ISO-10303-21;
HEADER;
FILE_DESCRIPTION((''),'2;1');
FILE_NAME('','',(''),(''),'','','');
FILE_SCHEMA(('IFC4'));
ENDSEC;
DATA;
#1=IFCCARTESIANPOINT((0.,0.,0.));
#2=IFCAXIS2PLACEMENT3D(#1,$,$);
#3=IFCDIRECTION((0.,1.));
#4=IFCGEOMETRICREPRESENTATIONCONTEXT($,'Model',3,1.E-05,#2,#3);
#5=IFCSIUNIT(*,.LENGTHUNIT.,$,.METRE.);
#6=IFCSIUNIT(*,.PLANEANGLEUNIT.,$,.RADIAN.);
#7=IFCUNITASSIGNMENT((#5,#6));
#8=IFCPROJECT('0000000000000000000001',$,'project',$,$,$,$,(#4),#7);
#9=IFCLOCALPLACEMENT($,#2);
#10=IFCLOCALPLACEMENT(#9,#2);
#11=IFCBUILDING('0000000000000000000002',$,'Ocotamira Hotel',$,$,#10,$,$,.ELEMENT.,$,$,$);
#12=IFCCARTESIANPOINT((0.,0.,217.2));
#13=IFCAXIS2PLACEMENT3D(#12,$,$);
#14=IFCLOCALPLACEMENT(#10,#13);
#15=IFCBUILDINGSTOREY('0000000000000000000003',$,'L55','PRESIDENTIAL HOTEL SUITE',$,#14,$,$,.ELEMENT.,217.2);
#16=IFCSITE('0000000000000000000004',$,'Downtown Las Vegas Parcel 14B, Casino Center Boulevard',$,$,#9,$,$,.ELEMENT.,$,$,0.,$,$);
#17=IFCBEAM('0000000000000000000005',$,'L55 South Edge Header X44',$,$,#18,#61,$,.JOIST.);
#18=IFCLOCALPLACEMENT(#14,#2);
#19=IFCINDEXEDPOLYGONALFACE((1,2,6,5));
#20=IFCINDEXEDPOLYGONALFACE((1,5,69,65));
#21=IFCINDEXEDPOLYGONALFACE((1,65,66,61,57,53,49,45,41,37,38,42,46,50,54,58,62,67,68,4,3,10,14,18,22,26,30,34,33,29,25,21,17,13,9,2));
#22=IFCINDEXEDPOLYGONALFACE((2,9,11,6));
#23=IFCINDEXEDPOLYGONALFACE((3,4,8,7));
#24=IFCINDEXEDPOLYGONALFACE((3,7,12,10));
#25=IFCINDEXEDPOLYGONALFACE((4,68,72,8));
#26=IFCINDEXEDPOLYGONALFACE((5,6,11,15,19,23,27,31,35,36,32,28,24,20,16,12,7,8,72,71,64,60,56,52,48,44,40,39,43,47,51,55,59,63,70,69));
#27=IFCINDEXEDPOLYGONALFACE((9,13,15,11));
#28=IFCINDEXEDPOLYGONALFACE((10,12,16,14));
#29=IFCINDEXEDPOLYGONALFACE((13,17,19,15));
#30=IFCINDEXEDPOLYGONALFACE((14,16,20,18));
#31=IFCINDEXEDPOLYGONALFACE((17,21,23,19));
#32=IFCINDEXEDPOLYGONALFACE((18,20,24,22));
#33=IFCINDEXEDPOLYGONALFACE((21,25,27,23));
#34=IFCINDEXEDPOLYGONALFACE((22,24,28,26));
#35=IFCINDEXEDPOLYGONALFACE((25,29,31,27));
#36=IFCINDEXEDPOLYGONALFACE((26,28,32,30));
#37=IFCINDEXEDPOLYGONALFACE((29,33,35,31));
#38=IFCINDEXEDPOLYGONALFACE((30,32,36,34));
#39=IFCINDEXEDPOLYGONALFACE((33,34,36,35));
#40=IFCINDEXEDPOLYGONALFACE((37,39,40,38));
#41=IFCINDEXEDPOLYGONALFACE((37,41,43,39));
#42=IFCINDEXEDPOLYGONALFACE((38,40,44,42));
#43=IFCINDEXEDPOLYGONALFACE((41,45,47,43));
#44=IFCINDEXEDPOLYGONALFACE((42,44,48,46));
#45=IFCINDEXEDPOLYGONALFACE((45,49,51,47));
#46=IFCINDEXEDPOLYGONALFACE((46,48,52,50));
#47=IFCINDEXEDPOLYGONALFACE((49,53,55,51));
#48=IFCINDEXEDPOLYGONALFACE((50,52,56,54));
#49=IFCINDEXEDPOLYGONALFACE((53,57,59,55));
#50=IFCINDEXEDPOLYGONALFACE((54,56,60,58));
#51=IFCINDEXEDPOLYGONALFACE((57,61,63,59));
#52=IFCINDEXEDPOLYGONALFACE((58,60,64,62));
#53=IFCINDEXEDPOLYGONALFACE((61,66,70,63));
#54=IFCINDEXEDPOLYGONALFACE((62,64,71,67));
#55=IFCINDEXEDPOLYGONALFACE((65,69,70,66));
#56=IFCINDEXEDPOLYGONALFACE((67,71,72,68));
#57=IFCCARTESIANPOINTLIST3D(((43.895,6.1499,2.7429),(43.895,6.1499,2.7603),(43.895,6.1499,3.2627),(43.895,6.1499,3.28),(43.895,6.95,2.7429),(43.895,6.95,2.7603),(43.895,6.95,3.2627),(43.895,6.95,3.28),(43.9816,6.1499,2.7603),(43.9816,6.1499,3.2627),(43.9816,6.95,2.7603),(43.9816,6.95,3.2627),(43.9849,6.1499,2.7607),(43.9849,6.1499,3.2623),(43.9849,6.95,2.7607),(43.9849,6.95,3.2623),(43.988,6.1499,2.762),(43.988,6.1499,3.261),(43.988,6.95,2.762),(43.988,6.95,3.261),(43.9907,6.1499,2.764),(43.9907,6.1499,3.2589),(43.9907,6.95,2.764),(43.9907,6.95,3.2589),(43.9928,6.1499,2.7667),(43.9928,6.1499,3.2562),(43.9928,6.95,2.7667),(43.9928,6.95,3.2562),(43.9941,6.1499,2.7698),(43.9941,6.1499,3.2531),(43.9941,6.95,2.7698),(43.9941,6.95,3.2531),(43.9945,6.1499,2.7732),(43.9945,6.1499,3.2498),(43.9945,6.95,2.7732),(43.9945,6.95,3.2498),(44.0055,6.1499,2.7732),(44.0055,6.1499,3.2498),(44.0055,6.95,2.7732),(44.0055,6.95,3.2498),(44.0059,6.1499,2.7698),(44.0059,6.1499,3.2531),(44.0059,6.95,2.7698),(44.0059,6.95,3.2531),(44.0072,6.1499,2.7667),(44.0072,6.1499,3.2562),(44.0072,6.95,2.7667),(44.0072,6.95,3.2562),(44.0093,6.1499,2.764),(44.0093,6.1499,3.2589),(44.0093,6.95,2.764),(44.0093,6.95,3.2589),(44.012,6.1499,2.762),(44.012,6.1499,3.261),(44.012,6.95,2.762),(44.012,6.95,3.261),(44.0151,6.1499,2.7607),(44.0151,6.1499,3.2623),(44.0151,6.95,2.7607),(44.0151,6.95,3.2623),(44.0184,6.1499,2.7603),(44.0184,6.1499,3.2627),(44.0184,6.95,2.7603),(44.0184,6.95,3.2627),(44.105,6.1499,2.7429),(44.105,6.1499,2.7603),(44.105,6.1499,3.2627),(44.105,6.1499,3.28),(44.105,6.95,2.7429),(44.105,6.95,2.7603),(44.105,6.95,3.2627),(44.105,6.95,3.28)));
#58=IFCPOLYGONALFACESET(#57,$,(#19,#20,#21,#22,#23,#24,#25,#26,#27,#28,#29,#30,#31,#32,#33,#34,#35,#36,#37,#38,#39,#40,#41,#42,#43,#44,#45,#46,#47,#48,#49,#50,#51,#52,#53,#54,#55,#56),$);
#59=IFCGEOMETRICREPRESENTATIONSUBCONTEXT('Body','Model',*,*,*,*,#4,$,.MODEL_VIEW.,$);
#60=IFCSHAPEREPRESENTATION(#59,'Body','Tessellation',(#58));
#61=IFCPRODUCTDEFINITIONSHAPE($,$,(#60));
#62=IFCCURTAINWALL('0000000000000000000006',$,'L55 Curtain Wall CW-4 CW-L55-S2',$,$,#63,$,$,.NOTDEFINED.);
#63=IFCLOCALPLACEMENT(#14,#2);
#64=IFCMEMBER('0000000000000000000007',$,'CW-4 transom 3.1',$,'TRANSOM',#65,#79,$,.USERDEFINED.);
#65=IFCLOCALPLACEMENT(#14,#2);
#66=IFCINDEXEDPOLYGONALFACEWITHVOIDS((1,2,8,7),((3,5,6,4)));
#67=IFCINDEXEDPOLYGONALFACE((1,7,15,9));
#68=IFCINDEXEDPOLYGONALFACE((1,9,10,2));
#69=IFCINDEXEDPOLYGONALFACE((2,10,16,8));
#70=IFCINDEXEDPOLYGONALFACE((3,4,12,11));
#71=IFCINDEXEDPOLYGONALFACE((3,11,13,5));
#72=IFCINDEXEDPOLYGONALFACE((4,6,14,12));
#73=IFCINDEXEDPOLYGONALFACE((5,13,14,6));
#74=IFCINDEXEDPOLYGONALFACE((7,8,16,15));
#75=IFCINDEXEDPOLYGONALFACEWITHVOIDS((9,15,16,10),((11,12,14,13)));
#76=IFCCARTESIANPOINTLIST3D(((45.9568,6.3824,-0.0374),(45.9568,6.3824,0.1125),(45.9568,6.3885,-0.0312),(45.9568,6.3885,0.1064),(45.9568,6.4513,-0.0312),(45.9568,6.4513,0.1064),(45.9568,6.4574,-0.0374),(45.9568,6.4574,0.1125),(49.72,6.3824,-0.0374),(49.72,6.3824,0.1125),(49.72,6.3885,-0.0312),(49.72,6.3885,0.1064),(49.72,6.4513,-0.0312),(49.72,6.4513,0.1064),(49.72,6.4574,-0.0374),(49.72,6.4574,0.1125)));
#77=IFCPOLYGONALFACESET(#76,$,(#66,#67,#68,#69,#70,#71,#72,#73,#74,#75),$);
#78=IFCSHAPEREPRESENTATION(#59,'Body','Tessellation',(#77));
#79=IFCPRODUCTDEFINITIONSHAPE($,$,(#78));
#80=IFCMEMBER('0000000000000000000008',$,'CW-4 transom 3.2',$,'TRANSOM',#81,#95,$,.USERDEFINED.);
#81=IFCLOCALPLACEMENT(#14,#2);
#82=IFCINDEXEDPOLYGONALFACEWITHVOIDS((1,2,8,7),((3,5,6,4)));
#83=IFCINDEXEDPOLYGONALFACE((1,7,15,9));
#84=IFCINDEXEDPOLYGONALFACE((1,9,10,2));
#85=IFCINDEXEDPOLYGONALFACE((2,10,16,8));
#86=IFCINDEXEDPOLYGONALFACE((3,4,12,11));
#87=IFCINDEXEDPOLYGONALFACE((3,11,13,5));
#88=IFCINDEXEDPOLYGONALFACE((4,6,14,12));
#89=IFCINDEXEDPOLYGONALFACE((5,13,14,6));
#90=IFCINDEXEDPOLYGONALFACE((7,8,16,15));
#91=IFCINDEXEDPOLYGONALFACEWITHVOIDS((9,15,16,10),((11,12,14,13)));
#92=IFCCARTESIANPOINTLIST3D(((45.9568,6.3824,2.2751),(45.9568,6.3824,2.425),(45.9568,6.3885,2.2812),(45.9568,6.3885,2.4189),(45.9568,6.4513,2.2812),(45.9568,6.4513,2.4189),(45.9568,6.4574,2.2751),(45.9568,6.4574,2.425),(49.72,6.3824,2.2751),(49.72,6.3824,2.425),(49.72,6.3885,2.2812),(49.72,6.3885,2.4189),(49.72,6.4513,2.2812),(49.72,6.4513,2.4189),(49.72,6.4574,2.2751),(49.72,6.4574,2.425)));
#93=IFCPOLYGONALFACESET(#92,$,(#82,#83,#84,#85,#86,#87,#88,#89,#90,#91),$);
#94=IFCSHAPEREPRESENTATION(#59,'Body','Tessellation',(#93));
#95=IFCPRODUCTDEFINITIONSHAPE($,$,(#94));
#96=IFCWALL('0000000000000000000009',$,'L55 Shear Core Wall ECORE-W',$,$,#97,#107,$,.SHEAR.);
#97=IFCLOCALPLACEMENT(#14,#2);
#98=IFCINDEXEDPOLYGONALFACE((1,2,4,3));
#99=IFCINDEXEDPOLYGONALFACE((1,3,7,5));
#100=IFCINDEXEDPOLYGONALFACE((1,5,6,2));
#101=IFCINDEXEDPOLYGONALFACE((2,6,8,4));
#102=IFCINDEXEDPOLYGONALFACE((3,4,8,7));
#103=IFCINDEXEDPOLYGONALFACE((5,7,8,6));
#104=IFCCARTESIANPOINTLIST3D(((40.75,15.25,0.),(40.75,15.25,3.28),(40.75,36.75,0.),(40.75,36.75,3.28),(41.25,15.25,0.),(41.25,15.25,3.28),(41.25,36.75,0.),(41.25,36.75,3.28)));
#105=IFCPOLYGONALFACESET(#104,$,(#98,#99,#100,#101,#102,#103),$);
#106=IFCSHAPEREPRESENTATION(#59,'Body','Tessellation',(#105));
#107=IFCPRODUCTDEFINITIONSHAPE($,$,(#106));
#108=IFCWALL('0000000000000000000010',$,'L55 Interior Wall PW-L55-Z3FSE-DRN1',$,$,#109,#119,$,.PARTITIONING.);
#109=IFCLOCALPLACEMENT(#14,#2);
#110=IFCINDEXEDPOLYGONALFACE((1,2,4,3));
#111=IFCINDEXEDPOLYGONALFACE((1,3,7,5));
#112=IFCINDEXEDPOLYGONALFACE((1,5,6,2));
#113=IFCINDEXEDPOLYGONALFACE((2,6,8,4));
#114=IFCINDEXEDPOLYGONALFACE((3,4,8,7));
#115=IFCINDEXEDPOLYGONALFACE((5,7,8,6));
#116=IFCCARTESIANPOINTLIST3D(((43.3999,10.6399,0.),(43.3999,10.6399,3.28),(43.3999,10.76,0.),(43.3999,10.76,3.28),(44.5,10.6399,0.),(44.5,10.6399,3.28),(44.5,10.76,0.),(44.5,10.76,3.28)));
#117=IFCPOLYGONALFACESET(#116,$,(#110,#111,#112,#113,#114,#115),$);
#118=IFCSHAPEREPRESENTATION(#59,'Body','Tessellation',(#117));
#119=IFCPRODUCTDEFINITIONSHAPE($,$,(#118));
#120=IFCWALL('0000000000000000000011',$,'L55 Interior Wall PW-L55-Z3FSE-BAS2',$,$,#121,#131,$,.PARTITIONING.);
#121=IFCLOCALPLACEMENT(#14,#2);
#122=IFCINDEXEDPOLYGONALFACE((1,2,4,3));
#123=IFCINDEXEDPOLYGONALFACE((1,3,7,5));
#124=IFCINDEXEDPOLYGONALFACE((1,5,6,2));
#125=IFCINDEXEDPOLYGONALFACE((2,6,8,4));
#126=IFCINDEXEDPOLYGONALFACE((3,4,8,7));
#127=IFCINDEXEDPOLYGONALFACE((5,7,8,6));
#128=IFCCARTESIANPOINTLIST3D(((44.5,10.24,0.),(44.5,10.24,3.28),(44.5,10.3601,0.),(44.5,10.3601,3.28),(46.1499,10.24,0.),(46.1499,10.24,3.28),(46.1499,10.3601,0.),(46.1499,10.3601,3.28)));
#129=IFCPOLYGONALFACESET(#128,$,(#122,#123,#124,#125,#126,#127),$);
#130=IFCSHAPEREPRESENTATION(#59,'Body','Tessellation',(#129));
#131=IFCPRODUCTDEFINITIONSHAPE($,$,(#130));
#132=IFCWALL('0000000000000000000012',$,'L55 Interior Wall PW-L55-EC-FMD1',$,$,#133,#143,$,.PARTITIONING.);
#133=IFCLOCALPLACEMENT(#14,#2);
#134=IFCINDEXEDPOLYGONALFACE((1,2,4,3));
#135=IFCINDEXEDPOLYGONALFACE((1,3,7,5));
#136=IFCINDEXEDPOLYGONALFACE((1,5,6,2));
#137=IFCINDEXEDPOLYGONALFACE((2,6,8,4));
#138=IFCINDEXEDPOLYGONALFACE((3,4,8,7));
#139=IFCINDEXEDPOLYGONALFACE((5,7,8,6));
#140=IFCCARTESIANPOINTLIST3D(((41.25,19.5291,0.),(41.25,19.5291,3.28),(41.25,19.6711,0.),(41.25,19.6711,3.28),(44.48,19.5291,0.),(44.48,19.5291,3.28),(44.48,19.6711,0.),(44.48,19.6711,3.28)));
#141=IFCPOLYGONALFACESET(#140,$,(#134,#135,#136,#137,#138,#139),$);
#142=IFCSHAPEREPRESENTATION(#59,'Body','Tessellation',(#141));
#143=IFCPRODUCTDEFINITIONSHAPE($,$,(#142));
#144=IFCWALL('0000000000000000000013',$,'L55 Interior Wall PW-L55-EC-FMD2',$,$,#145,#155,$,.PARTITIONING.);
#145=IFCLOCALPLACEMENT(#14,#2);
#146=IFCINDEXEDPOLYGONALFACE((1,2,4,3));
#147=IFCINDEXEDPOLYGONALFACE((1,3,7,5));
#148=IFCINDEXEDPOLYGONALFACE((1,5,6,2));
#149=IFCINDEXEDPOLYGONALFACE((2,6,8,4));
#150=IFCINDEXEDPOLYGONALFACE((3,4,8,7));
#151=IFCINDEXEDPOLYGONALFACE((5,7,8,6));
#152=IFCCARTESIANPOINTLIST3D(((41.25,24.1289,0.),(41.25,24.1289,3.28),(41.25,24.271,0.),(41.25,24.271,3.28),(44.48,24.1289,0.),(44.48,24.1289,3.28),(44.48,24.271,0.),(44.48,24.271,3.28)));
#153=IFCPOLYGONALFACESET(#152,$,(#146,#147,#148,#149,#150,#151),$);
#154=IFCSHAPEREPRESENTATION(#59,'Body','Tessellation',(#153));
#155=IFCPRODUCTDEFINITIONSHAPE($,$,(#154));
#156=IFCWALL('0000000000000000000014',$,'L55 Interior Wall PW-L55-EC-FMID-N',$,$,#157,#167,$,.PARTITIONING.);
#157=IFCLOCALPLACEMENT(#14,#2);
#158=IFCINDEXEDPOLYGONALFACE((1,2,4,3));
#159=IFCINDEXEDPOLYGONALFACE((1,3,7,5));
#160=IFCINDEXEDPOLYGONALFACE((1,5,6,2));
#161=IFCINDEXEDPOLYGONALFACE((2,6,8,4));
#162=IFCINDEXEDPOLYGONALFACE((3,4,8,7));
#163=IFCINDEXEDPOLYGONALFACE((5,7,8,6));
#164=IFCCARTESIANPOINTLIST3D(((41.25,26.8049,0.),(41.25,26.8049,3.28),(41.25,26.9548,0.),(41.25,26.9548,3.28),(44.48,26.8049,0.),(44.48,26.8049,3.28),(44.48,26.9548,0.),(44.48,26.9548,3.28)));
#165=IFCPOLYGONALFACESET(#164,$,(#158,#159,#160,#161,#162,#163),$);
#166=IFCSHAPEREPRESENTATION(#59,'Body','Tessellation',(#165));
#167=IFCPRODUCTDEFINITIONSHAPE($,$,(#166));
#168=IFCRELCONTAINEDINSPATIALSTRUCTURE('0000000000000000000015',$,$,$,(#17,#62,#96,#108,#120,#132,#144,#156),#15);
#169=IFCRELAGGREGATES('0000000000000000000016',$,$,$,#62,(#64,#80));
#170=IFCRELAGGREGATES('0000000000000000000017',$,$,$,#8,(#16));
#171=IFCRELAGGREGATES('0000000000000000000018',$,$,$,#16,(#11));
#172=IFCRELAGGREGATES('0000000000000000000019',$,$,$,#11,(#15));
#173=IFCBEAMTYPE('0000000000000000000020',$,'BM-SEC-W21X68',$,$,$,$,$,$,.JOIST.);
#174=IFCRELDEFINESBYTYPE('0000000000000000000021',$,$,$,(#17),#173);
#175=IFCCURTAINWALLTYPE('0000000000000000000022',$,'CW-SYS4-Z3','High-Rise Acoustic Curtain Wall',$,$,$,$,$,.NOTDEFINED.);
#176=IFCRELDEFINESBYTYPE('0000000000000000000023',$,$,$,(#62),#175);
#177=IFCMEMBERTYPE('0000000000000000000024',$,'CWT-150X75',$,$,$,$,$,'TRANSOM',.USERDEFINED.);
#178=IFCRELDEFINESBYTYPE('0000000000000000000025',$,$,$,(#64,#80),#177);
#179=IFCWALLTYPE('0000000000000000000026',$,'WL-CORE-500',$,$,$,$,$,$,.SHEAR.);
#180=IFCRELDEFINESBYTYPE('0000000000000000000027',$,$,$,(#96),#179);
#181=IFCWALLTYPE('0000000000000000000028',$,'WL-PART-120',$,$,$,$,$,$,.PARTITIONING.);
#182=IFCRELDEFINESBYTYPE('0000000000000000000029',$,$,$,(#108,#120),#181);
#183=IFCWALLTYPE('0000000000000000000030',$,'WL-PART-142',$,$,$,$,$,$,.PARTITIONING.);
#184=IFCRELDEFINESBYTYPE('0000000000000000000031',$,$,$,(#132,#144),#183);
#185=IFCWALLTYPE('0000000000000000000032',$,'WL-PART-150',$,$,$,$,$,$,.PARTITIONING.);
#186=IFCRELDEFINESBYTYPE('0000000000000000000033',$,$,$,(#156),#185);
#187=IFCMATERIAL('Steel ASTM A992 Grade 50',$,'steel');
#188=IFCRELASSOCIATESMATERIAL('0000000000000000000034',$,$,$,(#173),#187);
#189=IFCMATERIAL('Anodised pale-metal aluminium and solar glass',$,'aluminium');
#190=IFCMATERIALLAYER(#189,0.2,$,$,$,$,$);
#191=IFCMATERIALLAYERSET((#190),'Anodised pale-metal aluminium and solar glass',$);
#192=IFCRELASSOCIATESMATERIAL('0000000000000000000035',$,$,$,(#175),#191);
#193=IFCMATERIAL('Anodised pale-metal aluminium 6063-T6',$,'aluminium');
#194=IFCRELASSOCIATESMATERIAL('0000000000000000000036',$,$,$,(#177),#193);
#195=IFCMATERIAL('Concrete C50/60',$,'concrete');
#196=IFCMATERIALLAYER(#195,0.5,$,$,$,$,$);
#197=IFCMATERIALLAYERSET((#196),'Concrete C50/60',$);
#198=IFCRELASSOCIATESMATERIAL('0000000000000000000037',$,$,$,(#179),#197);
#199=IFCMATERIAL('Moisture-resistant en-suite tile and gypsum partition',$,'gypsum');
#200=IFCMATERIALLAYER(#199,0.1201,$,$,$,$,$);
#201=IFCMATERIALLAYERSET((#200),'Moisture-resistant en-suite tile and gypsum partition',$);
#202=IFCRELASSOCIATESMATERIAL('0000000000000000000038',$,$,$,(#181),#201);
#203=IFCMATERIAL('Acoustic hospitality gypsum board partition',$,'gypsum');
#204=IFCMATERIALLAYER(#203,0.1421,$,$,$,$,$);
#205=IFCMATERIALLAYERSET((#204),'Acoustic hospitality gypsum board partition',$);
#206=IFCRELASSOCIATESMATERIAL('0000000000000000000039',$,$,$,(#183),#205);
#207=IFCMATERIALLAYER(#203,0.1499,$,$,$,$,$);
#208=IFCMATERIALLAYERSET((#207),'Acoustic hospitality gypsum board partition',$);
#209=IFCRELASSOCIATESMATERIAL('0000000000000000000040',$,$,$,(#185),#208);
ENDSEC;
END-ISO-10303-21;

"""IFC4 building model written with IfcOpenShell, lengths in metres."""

from ifc_helpers import new_model, si_unit, direction, frame, frame_2d, origin, origin_2d, place, context, subcontext, project, spatial, rectangle, hollow_rectangle, i_section, extrude, source, transform, mapped, material, layer, layer_set, material_profile, profile_set, type_object, element, aggregate, save


model = new_model("IFC4")

# Units and contexts
model_context = context("Model", 3, precision=1e-05, world=origin(), true_north=direction((0.0, 1.0)))
body_context = subcontext(model_context, "Body", "Model", "MODEL_VIEW")
ifc_project = project(units=[si_unit("LENGTHUNIT", "METRE"), si_unit("PLANEANGLEUNIT", "RADIAN")], contexts=[model_context])

# Site, building, storey
site_placement = place(None, origin())
site = spatial("IfcSite", under=ifc_project, at=site_placement, Name="Downtown Las Vegas Parcel 14B, Casino Center Boulevard", CompositionType="ELEMENT", RefElevation=0.0)
building_placement = place(site_placement, origin())
building = spatial("IfcBuilding", under=site, at=building_placement, Name="Ocotamira Hotel", CompositionType="ELEMENT")
storey_placement = place(building_placement, frame((0.0, 0.0, 217.2)))
storey = spatial("IfcBuildingStorey", under=building, at=storey_placement, Name="L55", Description="PRESIDENTIAL HOTEL SUITE", CompositionType="ELEMENT", Elevation=217.2)

# Beam
ifc_material_1 = material(Name="Steel ASTM A992 Grade 50", Category="steel")
ifc_material_profile_1 = material_profile(ifc_material_1, i_section(OverallWidth=0.21, OverallDepth=0.5371, WebThickness=0.011, FlangeThickness=0.0173, FilletRadius=0.0129, at=origin_2d()), Name="W21X68")
ifc_profile_set_1 = profile_set([ifc_material_profile_1], Name="Steel ASTM A992 Grade 50")
beam_type_1 = type_object("IfcBeamType", Name="BM-SEC-W21X68", PredefinedType="JOIST", material=ifc_profile_set_1)
shared_shape_1 = source(origin(), body_context, "Body", "SweptSolid", [
    extrude(i_section(OverallWidth=0.21, OverallDepth=0.5371, WebThickness=0.011, FlangeThickness=0.0173, FilletRadius=0.0129, at=origin_2d()), origin(), (0.0, 0.0, 1.0), 0.8),
])
beam_1_placement = place(storey_placement, frame((44.0, 6.95, 3.0115), z_axis=(0.0, -1.0, 0.0), x_axis=(1.0, 0.0, 0.0)))
element("IfcBeam", 1, at=beam_1_placement, inside=storey, type_object=beam_type_1, Name="L55 South Edge Header X44", PredefinedType="JOIST", context=body_context, shape_type="MappedRepresentation", body=[
    mapped(shared_shape_1, transform((0.0, 0.0, 0.0), scale=1.0)),
])

# Curtain wall, members
ifc_material_2 = material(Name="Anodised pale-metal aluminium and solar glass", Category="aluminium")
ifc_layer_1 = layer(ifc_material_2, 0.2)
ifc_layer_set_1 = layer_set([ifc_layer_1], Name="Anodised pale-metal aluminium and solar glass")
curtain_wall_type = type_object("IfcCurtainWallType", Name="CW-SYS4-Z3", Description="High-Rise Acoustic Curtain Wall", PredefinedType="NOTDEFINED", material=ifc_layer_set_1)
curtain_wall_placement = place(storey_placement, origin())
curtain_wall = element("IfcCurtainWall", 2, at=curtain_wall_placement, inside=storey, type_object=curtain_wall_type, Name="L55 Curtain Wall CW-4 CW-L55-S2", PredefinedType="NOTDEFINED")
ifc_material_3 = material(Name="Anodised pale-metal aluminium 6063-T6", Category="aluminium")
ifc_material_profile_2 = material_profile(ifc_material_3, hollow_rectangle(XDim=0.075, YDim=0.1499, WallThickness=0.0061, at=origin_2d()), Name="HSS150X75X6")
ifc_profile_set_2 = profile_set([ifc_material_profile_2], Name="Anodised pale-metal aluminium 6063-T6")
member_type = type_object("IfcMemberType", Name="CWT-150X75", ElementType="TRANSOM", PredefinedType="USERDEFINED", material=ifc_profile_set_2)
shared_shape_2 = source(origin(), body_context, "Body", "SweptSolid", [
    extrude(hollow_rectangle(XDim=0.075, YDim=0.1499, WallThickness=0.0061, at=origin_2d()), origin(), (0.0, 0.0, 1.0), 3.7632),
])
member_1_placement = place(storey_placement, frame((45.9568, 6.4199, 0.0376), z_axis=(1.0, 0.0, 0.0), x_axis=(0.0, 1.0, 0.0)))
member_1 = element("IfcMember", 3, at=member_1_placement, type_object=member_type, Name="CW-4 transom 3.1", ObjectType="TRANSOM", PredefinedType="USERDEFINED", context=body_context, shape_type="MappedRepresentation", body=[
    mapped(shared_shape_2, transform((0.0, 0.0, 0.0), scale=1.0)),
])
member_2_placement = place(storey_placement, frame((45.9568, 6.4199, 2.3501), z_axis=(1.0, 0.0, 0.0), x_axis=(0.0, 1.0, 0.0)))
member_2 = element("IfcMember", 4, at=member_2_placement, type_object=member_type, Name="CW-4 transom 3.2", ObjectType="TRANSOM", PredefinedType="USERDEFINED", context=body_context, shape_type="MappedRepresentation", body=[
    mapped(shared_shape_2, transform((0.0, 0.0, 0.0), scale=1.0)),
])
aggregate(curtain_wall, [member_1, member_2])

# Shared definitions
ifc_material_4 = material(Name="Concrete C50/60", Category="concrete")
ifc_layer_2 = layer(ifc_material_4, 0.5)
ifc_layer_set_2 = layer_set([ifc_layer_2], Name="Concrete C50/60")
wall_type_1 = type_object("IfcWallType", Name="WL-CORE-500", PredefinedType="SHEAR", material=ifc_layer_set_2)

# Walls
wall_1_placement = place(storey_placement, frame((41.0, 15.25, 0.0), z_axis=(0.0, 0.0, 1.0), x_axis=(0.0, 1.0, 0.0)))
element("IfcWall", 5, at=wall_1_placement, inside=storey, type_object=wall_type_1, Name="L55 Shear Core Wall ECORE-W", PredefinedType="SHEAR", context=body_context, shape_type="SweptSolid", body=[
    extrude(rectangle(XDim=21.5, YDim=0.5, at=frame_2d((10.75, 0.0))), origin(), (0.0, 0.0, 1.0), 3.28),
])
ifc_material_5 = material(Name="Moisture-resistant en-suite tile and gypsum partition", Category="gypsum")
ifc_layer_3 = layer(ifc_material_5, 0.1201)
ifc_layer_set_3 = layer_set([ifc_layer_3], Name="Moisture-resistant en-suite tile and gypsum partition")
wall_type_2 = type_object("IfcWallType", Name="WL-PART-120", PredefinedType="PARTITIONING", material=ifc_layer_set_3)
wall_2_placement = place(storey_placement, frame((43.3999, 10.7, 0.0), z_axis=(0.0, 0.0, 1.0), x_axis=(1.0, 0.0, 0.0)))
element("IfcWall", 6, at=wall_2_placement, inside=storey, type_object=wall_type_2, Name="L55 Interior Wall PW-L55-Z3FSE-DRN1", PredefinedType="PARTITIONING", context=body_context, shape_type="SweptSolid", body=[
    extrude(rectangle(XDim=1.1001, YDim=0.1201, at=frame_2d((0.55, 0.0))), origin(), (0.0, 0.0, 1.0), 3.28),
])
wall_3_placement = place(storey_placement, frame((44.5, 10.3, 0.0), z_axis=(0.0, 0.0, 1.0), x_axis=(1.0, 0.0, 0.0)))
element("IfcWall", 7, at=wall_3_placement, inside=storey, type_object=wall_type_2, Name="L55 Interior Wall PW-L55-Z3FSE-BAS2", PredefinedType="PARTITIONING", context=body_context, shape_type="SweptSolid", body=[
    extrude(rectangle(XDim=1.6499, YDim=0.1201, at=frame_2d((0.825, 0.0))), origin(), (0.0, 0.0, 1.0), 3.28),
])
ifc_material_6 = material(Name="Acoustic hospitality gypsum board partition", Category="gypsum")
ifc_layer_4 = layer(ifc_material_6, 0.1421)
ifc_layer_set_4 = layer_set([ifc_layer_4], Name="Acoustic hospitality gypsum board partition")
wall_type_3 = type_object("IfcWallType", Name="WL-PART-142", PredefinedType="PARTITIONING", material=ifc_layer_set_4)
for number, where, z_axis, x_axis, name in (
    (8, (41.25, 19.6001, 0.0), (0.0, 0.0, 1.0), (1.0, 0.0, 0.0), "L55 Interior Wall PW-L55-EC-FMD1"),
    (9, (41.25, 24.2, 0.0), (0.0, 0.0, 1.0), (1.0, 0.0, 0.0), "L55 Interior Wall PW-L55-EC-FMD2"),
):
    element("IfcWall", number, at=place(storey_placement, frame(where, z_axis=z_axis, x_axis=x_axis)), inside=storey, type_object=wall_type_3, Name=name, PredefinedType="PARTITIONING", context=body_context, shape_type="SweptSolid", body=[
        extrude(rectangle(XDim=3.23, YDim=0.1421, at=frame_2d((1.615, 0.0))), origin(), (0.0, 0.0, 1.0), 3.28),
    ])
ifc_layer_5 = layer(ifc_material_6, 0.1499)
ifc_layer_set_5 = layer_set([ifc_layer_5], Name="Acoustic hospitality gypsum board partition")
wall_type_4 = type_object("IfcWallType", Name="WL-PART-150", PredefinedType="PARTITIONING", material=ifc_layer_set_5)
wall_4_placement = place(storey_placement, frame((41.25, 26.8799, 0.0), z_axis=(0.0, 0.0, 1.0), x_axis=(1.0, 0.0, 0.0)))
element("IfcWall", 10, at=wall_4_placement, inside=storey, type_object=wall_type_4, Name="L55 Interior Wall PW-L55-EC-FMID-N", PredefinedType="PARTITIONING", context=body_context, shape_type="SweptSolid", body=[
    extrude(rectangle(XDim=3.23, YDim=0.1499, at=frame_2d((1.615, 0.0))), origin(), (0.0, 0.0, 1.0), 3.28),
])

save(model, "model.ifc")
